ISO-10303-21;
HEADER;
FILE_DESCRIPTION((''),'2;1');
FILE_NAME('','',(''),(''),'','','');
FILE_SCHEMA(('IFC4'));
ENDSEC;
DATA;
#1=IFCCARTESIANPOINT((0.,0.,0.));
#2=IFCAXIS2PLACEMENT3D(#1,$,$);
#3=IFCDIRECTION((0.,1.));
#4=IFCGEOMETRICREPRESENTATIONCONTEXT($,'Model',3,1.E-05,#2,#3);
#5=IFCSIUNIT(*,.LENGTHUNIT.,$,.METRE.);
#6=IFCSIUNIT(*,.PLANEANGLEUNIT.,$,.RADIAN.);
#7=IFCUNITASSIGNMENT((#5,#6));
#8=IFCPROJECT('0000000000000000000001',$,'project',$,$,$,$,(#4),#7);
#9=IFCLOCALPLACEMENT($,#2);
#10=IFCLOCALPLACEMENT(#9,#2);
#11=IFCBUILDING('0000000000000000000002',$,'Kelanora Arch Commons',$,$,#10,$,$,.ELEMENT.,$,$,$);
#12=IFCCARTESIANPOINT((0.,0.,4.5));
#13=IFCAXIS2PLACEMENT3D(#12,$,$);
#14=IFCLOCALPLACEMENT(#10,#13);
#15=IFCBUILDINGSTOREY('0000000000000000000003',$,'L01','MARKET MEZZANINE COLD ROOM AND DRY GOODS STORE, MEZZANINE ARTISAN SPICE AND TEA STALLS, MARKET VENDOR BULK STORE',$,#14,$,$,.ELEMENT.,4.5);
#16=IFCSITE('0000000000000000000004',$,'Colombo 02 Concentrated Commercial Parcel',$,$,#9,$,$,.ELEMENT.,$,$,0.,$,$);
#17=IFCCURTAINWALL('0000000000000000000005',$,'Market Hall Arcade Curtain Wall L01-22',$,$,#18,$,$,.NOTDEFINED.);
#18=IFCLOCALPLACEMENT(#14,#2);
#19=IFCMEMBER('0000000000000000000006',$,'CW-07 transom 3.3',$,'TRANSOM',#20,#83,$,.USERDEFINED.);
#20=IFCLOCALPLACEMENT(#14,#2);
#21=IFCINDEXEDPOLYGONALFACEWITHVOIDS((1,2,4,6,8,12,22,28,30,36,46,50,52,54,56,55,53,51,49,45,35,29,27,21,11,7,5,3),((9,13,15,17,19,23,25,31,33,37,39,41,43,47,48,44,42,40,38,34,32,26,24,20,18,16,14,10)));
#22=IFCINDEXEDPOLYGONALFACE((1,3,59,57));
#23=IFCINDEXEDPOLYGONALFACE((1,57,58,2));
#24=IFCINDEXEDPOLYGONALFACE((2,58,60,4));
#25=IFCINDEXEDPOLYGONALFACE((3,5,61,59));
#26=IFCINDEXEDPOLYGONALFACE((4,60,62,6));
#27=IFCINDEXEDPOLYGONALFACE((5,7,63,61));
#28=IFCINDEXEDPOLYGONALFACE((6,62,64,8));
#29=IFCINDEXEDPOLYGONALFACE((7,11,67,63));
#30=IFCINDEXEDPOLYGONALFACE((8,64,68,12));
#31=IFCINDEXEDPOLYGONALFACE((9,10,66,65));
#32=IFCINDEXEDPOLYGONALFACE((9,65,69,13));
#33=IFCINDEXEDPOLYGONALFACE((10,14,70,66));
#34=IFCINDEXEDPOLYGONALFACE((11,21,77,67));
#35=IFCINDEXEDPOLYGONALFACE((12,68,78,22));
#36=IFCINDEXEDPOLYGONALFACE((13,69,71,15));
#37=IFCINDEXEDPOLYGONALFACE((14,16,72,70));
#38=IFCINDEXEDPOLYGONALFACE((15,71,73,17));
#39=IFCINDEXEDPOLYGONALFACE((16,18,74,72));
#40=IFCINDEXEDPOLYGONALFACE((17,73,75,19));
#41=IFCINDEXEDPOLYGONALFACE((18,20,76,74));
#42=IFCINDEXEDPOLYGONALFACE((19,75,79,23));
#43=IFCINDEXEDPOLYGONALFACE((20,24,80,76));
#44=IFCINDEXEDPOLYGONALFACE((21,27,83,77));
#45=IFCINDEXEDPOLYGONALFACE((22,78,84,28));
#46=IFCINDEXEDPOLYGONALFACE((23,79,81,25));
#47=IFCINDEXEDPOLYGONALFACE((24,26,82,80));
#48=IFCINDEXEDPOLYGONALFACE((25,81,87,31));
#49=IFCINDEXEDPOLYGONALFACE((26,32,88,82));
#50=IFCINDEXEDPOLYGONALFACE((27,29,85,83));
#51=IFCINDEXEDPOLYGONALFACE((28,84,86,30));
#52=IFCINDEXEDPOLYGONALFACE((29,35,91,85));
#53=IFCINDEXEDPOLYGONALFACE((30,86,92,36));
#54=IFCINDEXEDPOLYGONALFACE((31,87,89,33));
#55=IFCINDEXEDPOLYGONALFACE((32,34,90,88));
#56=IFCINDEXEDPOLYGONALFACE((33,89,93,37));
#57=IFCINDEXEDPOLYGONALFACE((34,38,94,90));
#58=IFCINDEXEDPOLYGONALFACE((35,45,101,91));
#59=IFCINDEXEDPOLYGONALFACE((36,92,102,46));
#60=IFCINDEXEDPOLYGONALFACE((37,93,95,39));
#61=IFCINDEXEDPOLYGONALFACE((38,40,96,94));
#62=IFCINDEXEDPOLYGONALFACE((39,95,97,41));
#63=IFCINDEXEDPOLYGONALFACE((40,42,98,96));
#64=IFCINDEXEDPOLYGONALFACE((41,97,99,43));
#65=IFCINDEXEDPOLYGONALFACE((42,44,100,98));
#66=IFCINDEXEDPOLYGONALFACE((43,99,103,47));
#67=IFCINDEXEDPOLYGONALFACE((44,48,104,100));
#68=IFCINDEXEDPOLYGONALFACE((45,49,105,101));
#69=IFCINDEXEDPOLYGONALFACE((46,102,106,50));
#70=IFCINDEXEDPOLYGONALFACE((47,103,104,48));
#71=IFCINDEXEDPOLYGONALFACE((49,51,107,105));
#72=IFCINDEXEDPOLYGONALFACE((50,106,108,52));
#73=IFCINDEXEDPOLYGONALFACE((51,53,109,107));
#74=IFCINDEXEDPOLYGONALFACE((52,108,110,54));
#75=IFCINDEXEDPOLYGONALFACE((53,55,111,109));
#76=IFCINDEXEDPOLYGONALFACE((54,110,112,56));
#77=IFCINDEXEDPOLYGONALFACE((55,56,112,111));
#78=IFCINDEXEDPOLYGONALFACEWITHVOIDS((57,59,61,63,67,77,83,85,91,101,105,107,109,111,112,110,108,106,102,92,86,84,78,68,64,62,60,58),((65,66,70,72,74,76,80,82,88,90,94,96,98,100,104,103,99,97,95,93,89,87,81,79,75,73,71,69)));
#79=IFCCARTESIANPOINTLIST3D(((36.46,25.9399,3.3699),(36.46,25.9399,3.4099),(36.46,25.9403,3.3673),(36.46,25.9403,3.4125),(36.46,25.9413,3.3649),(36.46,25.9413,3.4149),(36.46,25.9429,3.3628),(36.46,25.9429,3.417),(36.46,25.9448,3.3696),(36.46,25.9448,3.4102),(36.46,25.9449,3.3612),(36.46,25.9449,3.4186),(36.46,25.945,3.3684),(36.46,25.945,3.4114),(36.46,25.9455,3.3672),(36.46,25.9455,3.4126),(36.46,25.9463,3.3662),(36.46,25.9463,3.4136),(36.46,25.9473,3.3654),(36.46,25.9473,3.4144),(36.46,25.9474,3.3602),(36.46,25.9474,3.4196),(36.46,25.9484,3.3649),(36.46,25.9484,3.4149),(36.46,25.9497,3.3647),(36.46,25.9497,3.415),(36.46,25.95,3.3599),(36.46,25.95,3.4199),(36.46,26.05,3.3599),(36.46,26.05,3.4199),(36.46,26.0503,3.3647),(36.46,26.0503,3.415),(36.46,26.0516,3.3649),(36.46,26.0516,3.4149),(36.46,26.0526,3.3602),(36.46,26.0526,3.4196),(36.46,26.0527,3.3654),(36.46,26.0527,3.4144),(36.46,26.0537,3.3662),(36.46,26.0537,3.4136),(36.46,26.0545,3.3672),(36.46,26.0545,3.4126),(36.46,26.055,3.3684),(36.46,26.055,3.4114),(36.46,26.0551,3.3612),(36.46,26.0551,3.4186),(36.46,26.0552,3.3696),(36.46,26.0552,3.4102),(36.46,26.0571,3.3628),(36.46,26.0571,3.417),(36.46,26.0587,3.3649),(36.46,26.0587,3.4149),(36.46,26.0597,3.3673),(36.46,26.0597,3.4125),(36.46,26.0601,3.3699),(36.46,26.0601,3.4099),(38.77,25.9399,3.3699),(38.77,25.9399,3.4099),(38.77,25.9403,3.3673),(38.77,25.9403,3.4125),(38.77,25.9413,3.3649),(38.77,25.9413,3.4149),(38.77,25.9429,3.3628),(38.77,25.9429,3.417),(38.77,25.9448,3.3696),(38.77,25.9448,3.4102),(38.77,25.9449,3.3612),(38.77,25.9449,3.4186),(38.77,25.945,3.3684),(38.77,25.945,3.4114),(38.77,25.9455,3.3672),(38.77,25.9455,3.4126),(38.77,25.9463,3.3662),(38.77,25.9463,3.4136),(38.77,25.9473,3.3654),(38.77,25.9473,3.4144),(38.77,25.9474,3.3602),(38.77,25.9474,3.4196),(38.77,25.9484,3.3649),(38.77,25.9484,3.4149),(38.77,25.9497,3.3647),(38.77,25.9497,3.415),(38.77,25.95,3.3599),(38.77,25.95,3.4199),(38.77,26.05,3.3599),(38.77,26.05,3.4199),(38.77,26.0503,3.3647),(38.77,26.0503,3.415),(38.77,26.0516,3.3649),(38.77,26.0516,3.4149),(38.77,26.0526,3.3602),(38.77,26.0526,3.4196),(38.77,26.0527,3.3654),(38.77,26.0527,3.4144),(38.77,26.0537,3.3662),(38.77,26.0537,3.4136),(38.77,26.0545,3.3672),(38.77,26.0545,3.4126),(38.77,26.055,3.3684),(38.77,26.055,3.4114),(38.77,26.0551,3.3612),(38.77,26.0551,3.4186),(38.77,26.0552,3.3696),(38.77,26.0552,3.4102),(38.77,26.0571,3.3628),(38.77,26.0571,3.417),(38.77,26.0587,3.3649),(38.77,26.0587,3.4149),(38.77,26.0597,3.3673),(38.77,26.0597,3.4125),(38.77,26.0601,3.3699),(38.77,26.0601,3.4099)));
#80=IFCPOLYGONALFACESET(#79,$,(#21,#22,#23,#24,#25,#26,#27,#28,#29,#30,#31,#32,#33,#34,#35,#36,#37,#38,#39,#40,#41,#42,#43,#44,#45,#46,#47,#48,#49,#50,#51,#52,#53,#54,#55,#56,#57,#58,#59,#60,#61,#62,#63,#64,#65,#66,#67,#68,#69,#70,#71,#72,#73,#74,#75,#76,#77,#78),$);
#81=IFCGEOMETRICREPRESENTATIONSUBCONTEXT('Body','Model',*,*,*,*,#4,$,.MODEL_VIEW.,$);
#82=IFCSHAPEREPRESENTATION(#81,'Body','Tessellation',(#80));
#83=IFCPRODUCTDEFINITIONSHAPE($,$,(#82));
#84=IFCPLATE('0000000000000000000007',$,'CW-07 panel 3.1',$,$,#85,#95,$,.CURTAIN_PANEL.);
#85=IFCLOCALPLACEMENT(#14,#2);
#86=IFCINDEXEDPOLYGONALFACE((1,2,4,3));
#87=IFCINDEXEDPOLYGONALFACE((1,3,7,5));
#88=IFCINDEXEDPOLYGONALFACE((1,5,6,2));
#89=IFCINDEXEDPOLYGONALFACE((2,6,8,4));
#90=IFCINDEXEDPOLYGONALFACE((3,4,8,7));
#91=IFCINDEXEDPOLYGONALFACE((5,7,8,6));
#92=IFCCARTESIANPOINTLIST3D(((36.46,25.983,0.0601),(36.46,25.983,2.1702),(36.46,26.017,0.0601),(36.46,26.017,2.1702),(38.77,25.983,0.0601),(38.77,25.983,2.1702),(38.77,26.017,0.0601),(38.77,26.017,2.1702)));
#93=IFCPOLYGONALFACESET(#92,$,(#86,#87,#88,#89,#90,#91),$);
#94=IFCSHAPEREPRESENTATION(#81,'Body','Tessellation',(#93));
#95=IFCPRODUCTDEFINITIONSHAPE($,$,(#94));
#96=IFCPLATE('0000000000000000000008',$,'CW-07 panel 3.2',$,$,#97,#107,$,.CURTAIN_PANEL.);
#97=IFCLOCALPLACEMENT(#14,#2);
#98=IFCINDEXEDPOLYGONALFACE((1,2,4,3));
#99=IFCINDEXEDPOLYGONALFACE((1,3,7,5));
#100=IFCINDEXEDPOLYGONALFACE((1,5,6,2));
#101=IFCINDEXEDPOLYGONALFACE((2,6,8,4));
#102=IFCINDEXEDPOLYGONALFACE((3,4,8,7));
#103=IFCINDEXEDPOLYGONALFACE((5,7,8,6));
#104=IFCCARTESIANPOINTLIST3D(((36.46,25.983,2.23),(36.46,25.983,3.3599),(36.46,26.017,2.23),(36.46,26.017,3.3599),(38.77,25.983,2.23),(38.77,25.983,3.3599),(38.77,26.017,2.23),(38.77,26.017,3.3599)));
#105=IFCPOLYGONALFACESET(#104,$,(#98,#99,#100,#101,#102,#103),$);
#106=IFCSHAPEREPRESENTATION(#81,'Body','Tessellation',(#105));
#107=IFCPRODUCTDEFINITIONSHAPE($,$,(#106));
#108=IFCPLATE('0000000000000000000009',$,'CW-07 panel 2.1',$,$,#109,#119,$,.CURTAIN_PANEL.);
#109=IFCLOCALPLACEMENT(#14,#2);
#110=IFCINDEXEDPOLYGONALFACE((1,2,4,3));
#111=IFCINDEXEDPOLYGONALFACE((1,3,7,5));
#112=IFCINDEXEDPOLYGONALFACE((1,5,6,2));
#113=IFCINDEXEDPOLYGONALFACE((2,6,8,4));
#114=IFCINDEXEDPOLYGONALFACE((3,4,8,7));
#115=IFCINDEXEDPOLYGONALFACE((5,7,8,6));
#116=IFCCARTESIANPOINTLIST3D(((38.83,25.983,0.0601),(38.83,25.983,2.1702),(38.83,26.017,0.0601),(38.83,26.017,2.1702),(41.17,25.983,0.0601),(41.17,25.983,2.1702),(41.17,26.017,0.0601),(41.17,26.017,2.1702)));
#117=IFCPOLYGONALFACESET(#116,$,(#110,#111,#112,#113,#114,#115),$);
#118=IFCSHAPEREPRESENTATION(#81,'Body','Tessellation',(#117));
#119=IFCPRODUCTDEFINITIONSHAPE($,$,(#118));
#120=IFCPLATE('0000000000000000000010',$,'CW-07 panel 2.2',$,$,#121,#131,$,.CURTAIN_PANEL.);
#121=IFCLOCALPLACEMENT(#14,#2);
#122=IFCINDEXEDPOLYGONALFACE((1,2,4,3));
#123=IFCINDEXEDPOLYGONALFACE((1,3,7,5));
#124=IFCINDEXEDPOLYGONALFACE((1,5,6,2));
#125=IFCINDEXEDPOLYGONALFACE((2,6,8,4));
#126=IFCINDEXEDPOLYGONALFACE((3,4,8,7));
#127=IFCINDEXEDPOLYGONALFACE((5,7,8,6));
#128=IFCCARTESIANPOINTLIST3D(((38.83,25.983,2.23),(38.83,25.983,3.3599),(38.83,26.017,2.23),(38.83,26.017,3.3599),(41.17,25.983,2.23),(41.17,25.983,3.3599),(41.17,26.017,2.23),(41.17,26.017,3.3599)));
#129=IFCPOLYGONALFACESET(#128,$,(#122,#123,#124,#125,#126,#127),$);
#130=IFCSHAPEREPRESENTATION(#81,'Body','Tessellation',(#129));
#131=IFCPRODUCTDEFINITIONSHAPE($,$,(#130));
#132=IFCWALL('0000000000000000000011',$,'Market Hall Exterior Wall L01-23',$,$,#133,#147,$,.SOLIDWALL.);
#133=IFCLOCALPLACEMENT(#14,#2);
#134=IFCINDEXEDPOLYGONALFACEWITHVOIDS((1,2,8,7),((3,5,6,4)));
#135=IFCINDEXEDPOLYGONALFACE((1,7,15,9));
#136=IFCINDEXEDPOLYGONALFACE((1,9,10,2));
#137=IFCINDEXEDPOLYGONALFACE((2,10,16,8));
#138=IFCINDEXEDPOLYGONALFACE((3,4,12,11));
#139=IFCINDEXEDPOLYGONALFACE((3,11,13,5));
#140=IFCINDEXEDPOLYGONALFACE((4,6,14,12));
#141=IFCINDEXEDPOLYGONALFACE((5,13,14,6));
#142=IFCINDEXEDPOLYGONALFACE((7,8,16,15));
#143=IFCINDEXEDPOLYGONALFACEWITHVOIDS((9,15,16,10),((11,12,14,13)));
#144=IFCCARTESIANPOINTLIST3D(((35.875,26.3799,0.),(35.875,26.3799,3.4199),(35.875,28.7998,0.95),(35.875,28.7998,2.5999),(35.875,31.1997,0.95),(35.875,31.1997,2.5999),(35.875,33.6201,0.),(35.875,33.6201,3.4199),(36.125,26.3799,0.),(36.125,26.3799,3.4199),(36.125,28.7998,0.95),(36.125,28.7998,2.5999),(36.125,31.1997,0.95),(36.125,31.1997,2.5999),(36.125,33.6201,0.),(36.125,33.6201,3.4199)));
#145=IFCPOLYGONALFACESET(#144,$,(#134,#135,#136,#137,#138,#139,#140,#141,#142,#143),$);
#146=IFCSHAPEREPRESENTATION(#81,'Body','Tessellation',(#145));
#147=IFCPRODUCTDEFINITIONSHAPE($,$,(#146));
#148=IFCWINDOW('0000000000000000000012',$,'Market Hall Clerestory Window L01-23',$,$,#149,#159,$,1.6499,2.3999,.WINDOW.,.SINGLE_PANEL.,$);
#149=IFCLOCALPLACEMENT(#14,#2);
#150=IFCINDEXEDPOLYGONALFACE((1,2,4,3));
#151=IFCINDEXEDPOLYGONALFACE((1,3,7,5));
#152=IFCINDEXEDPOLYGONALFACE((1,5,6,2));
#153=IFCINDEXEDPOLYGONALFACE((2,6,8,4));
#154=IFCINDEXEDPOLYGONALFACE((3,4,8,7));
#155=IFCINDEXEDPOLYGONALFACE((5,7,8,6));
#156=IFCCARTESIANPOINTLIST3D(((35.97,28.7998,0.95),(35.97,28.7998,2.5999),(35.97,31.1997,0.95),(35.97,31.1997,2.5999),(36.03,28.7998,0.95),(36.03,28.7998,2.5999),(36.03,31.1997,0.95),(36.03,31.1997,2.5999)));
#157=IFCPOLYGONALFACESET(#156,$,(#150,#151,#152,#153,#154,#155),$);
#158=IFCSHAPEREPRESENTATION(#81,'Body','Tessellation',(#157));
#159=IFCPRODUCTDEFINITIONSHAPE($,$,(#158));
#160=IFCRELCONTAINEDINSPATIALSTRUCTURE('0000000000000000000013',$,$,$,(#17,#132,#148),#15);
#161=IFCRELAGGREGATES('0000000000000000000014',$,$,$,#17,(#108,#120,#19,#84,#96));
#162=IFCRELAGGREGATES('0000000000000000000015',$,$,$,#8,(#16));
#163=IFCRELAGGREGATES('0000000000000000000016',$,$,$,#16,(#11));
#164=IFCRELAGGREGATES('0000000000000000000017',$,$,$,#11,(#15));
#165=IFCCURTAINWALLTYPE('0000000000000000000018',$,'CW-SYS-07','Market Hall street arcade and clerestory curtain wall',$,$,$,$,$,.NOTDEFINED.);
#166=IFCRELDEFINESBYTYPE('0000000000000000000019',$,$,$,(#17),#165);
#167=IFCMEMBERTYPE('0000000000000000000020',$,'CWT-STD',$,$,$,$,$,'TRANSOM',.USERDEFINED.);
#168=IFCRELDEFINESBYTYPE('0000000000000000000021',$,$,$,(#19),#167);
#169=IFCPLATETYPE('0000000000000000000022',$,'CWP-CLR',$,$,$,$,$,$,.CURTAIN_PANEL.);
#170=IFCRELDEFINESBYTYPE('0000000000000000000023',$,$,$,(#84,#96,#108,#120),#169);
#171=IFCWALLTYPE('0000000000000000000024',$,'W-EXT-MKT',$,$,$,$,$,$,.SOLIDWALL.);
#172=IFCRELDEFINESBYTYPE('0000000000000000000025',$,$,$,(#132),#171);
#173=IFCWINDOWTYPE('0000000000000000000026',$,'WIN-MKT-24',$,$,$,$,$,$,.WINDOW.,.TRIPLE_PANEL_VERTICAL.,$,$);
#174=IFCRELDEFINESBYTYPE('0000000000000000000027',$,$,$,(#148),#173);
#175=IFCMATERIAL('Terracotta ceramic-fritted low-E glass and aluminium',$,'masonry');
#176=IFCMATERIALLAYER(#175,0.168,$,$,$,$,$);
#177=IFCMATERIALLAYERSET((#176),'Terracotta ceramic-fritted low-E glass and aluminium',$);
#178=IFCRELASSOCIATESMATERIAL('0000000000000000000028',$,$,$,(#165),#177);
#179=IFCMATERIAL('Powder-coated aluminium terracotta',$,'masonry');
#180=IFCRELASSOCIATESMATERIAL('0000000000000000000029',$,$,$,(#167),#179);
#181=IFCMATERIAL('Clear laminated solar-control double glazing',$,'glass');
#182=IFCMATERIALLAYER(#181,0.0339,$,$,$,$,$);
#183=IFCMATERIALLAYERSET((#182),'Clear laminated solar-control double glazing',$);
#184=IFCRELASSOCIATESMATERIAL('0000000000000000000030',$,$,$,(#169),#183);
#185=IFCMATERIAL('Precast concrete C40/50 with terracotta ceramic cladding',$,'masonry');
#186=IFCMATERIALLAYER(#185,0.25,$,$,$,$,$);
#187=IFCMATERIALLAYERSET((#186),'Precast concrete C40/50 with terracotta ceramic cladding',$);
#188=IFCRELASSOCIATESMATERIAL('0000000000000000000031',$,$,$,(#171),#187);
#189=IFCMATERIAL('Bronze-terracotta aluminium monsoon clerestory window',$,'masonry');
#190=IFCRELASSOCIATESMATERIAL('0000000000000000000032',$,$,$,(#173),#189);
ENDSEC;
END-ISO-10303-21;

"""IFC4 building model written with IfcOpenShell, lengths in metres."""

from ifc_helpers import new_model, si_unit, direction, frame, frame_2d, origin, origin_2d, place, context, subcontext, project, spatial, rectangle, hollow_rectangle, extrude, source, transform, mapped, material, layer, layer_set, material_profile, profile_set, type_object, element, fill, aggregate, save


model = new_model("IFC4")

# Units and contexts
model_context = context("Model", 3, precision=1e-05, world=origin(), true_north=direction((0.0, 1.0)))
body_context = subcontext(model_context, "Body", "Model", "MODEL_VIEW")
ifc_project = project(units=[si_unit("LENGTHUNIT", "METRE"), si_unit("PLANEANGLEUNIT", "RADIAN")], contexts=[model_context])

# Site, building, storey
site_placement = place(None, origin())
site = spatial("IfcSite", under=ifc_project, at=site_placement, Name="Colombo 02 Concentrated Commercial Parcel", CompositionType="ELEMENT", RefElevation=0.0)
building_placement = place(site_placement, origin())
building = spatial("IfcBuilding", under=site, at=building_placement, Name="Kelanora Arch Commons", CompositionType="ELEMENT")
storey_placement = place(building_placement, frame((0.0, 0.0, 4.5)))
storey = spatial("IfcBuildingStorey", under=building, at=storey_placement, Name="L01", Description="MARKET MEZZANINE COLD ROOM AND DRY GOODS STORE, MEZZANINE ARTISAN SPICE AND TEA STALLS, MARKET VENDOR BULK STORE", CompositionType="ELEMENT", Elevation=4.5)

# Curtain wall, member, plates
ifc_material_1 = material(Name="Terracotta ceramic-fritted low-E glass and aluminium", Category="masonry")
ifc_layer_1 = layer(ifc_material_1, 0.168)
ifc_layer_set_1 = layer_set([ifc_layer_1], Name="Terracotta ceramic-fritted low-E glass and aluminium")
curtain_wall_type = type_object("IfcCurtainWallType", Name="CW-SYS-07", Description="Market Hall street arcade and clerestory curtain wall", PredefinedType="NOTDEFINED", material=ifc_layer_set_1)
curtain_wall_placement = place(storey_placement, origin())
curtain_wall = element("IfcCurtainWall", 1, at=curtain_wall_placement, inside=storey, type_object=curtain_wall_type, Name="Market Hall Arcade Curtain Wall L01-22", PredefinedType="NOTDEFINED")
ifc_material_2 = material(Name="Powder-coated aluminium terracotta", Category="masonry")
ifc_material_profile_1 = material_profile(ifc_material_2, hollow_rectangle(XDim=0.1201, YDim=0.0601, WallThickness=0.0049, InnerFilletRadius=0.0049, OuterFilletRadius=0.01, at=origin_2d()), Name="CWT120x60")
ifc_profile_set_1 = profile_set([ifc_material_profile_1], Name="Powder-coated aluminium terracotta")
member_type_1 = type_object("IfcMemberType", Name="CWT-STD", ElementType="TRANSOM", PredefinedType="USERDEFINED", material=ifc_profile_set_1)
member_1_placement = place(storey_placement, frame((38.77, 26.0, 3.3899), z_axis=(-1.0, 0.0, 0.0), x_axis=(0.0, -1.0, 0.0)))
member_1 = element("IfcMember", 2, at=member_1_placement, type_object=member_type_1, Name="CW-07 transom 3.3", ObjectType="TRANSOM", PredefinedType="USERDEFINED", context=body_context, shape_type="SweptSolid", body=[
    extrude(hollow_rectangle(XDim=0.1201, YDim=0.0601, WallThickness=0.0049, InnerFilletRadius=0.0049, OuterFilletRadius=0.01, at=origin_2d()), origin(), (0.0, 0.0, 1.0), 2.3101),
])
ifc_material_3 = material(Name="Clear laminated solar-control double glazing", Category="glass")
ifc_layer_2 = layer(ifc_material_3, 0.0339)
ifc_layer_set_2 = layer_set([ifc_layer_2], Name="Clear laminated solar-control double glazing")
plate_type = type_object("IfcPlateType", Name="CWP-CLR", PredefinedType="CURTAIN_PANEL", material=ifc_layer_set_2)
shared_shape_1 = source(origin(), body_context, "Body", "SweptSolid", [
    extrude(rectangle(XDim=2.3101, YDim=0.0339, at=origin_2d()), origin(), (0.0, 0.0, 1.0), 2.1101),
])
plate_1_placement = place(storey_placement, frame((37.615, 26.0, 0.0601), z_axis=(0.0, 0.0, 1.0), x_axis=(-1.0, 0.0, 0.0)))
plate_1 = element("IfcPlate", 3, at=plate_1_placement, type_object=plate_type, Name="CW-07 panel 3.1", PredefinedType="CURTAIN_PANEL", context=body_context, shape_type="MappedRepresentation", body=[
    mapped(shared_shape_1, transform((0.0, 0.0, 0.0), scale=1.0)),
])
shared_shape_2 = source(origin(), body_context, "Body", "SweptSolid", [
    extrude(rectangle(XDim=2.3101, YDim=0.0339, at=origin_2d()), origin(), (0.0, 0.0, 1.0), 1.1299),
])
plate_2_placement = place(storey_placement, frame((37.615, 26.0, 2.23), z_axis=(0.0, 0.0, 1.0), x_axis=(-1.0, 0.0, 0.0)))
plate_2 = element("IfcPlate", 4, at=plate_2_placement, type_object=plate_type, Name="CW-07 panel 3.2", PredefinedType="CURTAIN_PANEL", context=body_context, shape_type="MappedRepresentation", body=[
    mapped(shared_shape_2, transform((0.0, 0.0, 0.0), scale=1.0)),
])
shared_shape_3 = source(origin(), body_context, "Body", "SweptSolid", [
    extrude(rectangle(XDim=2.3401, YDim=0.0339, at=origin_2d()), origin(), (0.0, 0.0, 1.0), 2.1101),
])
plate_3_placement = place(storey_placement, frame((40.0, 26.0, 0.0601), z_axis=(0.0, 0.0, 1.0), x_axis=(-1.0, 0.0, 0.0)))
plate_3 = element("IfcPlate", 5, at=plate_3_placement, type_object=plate_type, Name="CW-07 panel 2.1", PredefinedType="CURTAIN_PANEL", context=body_context, shape_type="MappedRepresentation", body=[
    mapped(shared_shape_3, transform((0.0, 0.0, 0.0), scale=1.0)),
])
shared_shape_4 = source(origin(), body_context, "Body", "SweptSolid", [
    extrude(rectangle(XDim=2.3401, YDim=0.0339, at=origin_2d()), origin(), (0.0, 0.0, 1.0), 1.1299),
])
plate_4_placement = place(storey_placement, frame((40.0, 26.0, 2.23), z_axis=(0.0, 0.0, 1.0), x_axis=(-1.0, 0.0, 0.0)))
plate_4 = element("IfcPlate", 6, at=plate_4_placement, type_object=plate_type, Name="CW-07 panel 2.2", PredefinedType="CURTAIN_PANEL", context=body_context, shape_type="MappedRepresentation", body=[
    mapped(shared_shape_4, transform((0.0, 0.0, 0.0), scale=1.0)),
])
aggregate(curtain_wall, [plate_3, plate_4, member_1, plate_1, plate_2])

# Wall, opening, window
ifc_material_4 = material(Name="Precast concrete C40/50 with terracotta ceramic cladding", Category="masonry")
ifc_layer_3 = layer(ifc_material_4, 0.25)
ifc_layer_set_3 = layer_set([ifc_layer_3], Name="Precast concrete C40/50 with terracotta ceramic cladding")
wall_type = type_object("IfcWallType", Name="W-EXT-MKT", PredefinedType="SOLIDWALL", material=ifc_layer_set_3)
wall_1_placement = place(storey_placement, frame((36.0, 26.3799, 0.0), z_axis=(0.0, 0.0, 1.0), x_axis=(0.0, 1.0, 0.0)))
wall_1 = element("IfcWall", 7, at=wall_1_placement, inside=storey, type_object=wall_type, Name="Market Hall Exterior Wall L01-23", PredefinedType="SOLIDWALL", context=body_context, shape_type="SweptSolid", body=[
    extrude(rectangle(XDim=7.2402, YDim=0.25, at=frame_2d((3.6201, 0.0))), origin(), (0.0, 0.0, 1.0), 3.4199),
])
opening_1_placement = place(wall_1_placement, frame((2.4199, 0.0, 0.95)))
opening_1 = element("IfcOpeningElement", 8, at=opening_1_placement, cuts=wall_1, PredefinedType="OPENING", context=body_context, shape_type="SweptSolid", body=[
    extrude(rectangle(XDim=2.3999, YDim=1.6499, at=frame_2d((1.2, 0.825))), frame((0.0, 0.135, 0.0), z_axis=(0.0, -1.0, 0.0), x_axis=(1.0, 0.0, 0.0)), (0.0, 0.0, 1.0), 0.27),
])
ifc_material_5 = material(Name="Bronze-terracotta aluminium monsoon clerestory window", Category="masonry")
window_type = type_object("IfcWindowType", Name="WIN-MKT-24", PartitioningType="TRIPLE_PANEL_VERTICAL", PredefinedType="WINDOW", material=ifc_material_5)
window_1_placement = place(opening_1_placement, origin())
window_1 = element("IfcWindow", 9, at=window_1_placement, inside=storey, type_object=window_type, Name="Market Hall Clerestory Window L01-23", OverallHeight=1.6499, OverallWidth=2.3999, PartitioningType="SINGLE_PANEL", PredefinedType="WINDOW", context=body_context, shape_type="SweptSolid", body=[
    extrude(rectangle(XDim=2.3999, YDim=1.6499, at=frame_2d((1.2, 0.825))), frame((0.0, 0.03, 0.0), z_axis=(0.0, -1.0, 0.0), x_axis=(1.0, 0.0, 0.0)), (0.0, 0.0, 1.0), 0.0601),
])
fill(opening_1, window_1)

save(model, "model.ifc")
